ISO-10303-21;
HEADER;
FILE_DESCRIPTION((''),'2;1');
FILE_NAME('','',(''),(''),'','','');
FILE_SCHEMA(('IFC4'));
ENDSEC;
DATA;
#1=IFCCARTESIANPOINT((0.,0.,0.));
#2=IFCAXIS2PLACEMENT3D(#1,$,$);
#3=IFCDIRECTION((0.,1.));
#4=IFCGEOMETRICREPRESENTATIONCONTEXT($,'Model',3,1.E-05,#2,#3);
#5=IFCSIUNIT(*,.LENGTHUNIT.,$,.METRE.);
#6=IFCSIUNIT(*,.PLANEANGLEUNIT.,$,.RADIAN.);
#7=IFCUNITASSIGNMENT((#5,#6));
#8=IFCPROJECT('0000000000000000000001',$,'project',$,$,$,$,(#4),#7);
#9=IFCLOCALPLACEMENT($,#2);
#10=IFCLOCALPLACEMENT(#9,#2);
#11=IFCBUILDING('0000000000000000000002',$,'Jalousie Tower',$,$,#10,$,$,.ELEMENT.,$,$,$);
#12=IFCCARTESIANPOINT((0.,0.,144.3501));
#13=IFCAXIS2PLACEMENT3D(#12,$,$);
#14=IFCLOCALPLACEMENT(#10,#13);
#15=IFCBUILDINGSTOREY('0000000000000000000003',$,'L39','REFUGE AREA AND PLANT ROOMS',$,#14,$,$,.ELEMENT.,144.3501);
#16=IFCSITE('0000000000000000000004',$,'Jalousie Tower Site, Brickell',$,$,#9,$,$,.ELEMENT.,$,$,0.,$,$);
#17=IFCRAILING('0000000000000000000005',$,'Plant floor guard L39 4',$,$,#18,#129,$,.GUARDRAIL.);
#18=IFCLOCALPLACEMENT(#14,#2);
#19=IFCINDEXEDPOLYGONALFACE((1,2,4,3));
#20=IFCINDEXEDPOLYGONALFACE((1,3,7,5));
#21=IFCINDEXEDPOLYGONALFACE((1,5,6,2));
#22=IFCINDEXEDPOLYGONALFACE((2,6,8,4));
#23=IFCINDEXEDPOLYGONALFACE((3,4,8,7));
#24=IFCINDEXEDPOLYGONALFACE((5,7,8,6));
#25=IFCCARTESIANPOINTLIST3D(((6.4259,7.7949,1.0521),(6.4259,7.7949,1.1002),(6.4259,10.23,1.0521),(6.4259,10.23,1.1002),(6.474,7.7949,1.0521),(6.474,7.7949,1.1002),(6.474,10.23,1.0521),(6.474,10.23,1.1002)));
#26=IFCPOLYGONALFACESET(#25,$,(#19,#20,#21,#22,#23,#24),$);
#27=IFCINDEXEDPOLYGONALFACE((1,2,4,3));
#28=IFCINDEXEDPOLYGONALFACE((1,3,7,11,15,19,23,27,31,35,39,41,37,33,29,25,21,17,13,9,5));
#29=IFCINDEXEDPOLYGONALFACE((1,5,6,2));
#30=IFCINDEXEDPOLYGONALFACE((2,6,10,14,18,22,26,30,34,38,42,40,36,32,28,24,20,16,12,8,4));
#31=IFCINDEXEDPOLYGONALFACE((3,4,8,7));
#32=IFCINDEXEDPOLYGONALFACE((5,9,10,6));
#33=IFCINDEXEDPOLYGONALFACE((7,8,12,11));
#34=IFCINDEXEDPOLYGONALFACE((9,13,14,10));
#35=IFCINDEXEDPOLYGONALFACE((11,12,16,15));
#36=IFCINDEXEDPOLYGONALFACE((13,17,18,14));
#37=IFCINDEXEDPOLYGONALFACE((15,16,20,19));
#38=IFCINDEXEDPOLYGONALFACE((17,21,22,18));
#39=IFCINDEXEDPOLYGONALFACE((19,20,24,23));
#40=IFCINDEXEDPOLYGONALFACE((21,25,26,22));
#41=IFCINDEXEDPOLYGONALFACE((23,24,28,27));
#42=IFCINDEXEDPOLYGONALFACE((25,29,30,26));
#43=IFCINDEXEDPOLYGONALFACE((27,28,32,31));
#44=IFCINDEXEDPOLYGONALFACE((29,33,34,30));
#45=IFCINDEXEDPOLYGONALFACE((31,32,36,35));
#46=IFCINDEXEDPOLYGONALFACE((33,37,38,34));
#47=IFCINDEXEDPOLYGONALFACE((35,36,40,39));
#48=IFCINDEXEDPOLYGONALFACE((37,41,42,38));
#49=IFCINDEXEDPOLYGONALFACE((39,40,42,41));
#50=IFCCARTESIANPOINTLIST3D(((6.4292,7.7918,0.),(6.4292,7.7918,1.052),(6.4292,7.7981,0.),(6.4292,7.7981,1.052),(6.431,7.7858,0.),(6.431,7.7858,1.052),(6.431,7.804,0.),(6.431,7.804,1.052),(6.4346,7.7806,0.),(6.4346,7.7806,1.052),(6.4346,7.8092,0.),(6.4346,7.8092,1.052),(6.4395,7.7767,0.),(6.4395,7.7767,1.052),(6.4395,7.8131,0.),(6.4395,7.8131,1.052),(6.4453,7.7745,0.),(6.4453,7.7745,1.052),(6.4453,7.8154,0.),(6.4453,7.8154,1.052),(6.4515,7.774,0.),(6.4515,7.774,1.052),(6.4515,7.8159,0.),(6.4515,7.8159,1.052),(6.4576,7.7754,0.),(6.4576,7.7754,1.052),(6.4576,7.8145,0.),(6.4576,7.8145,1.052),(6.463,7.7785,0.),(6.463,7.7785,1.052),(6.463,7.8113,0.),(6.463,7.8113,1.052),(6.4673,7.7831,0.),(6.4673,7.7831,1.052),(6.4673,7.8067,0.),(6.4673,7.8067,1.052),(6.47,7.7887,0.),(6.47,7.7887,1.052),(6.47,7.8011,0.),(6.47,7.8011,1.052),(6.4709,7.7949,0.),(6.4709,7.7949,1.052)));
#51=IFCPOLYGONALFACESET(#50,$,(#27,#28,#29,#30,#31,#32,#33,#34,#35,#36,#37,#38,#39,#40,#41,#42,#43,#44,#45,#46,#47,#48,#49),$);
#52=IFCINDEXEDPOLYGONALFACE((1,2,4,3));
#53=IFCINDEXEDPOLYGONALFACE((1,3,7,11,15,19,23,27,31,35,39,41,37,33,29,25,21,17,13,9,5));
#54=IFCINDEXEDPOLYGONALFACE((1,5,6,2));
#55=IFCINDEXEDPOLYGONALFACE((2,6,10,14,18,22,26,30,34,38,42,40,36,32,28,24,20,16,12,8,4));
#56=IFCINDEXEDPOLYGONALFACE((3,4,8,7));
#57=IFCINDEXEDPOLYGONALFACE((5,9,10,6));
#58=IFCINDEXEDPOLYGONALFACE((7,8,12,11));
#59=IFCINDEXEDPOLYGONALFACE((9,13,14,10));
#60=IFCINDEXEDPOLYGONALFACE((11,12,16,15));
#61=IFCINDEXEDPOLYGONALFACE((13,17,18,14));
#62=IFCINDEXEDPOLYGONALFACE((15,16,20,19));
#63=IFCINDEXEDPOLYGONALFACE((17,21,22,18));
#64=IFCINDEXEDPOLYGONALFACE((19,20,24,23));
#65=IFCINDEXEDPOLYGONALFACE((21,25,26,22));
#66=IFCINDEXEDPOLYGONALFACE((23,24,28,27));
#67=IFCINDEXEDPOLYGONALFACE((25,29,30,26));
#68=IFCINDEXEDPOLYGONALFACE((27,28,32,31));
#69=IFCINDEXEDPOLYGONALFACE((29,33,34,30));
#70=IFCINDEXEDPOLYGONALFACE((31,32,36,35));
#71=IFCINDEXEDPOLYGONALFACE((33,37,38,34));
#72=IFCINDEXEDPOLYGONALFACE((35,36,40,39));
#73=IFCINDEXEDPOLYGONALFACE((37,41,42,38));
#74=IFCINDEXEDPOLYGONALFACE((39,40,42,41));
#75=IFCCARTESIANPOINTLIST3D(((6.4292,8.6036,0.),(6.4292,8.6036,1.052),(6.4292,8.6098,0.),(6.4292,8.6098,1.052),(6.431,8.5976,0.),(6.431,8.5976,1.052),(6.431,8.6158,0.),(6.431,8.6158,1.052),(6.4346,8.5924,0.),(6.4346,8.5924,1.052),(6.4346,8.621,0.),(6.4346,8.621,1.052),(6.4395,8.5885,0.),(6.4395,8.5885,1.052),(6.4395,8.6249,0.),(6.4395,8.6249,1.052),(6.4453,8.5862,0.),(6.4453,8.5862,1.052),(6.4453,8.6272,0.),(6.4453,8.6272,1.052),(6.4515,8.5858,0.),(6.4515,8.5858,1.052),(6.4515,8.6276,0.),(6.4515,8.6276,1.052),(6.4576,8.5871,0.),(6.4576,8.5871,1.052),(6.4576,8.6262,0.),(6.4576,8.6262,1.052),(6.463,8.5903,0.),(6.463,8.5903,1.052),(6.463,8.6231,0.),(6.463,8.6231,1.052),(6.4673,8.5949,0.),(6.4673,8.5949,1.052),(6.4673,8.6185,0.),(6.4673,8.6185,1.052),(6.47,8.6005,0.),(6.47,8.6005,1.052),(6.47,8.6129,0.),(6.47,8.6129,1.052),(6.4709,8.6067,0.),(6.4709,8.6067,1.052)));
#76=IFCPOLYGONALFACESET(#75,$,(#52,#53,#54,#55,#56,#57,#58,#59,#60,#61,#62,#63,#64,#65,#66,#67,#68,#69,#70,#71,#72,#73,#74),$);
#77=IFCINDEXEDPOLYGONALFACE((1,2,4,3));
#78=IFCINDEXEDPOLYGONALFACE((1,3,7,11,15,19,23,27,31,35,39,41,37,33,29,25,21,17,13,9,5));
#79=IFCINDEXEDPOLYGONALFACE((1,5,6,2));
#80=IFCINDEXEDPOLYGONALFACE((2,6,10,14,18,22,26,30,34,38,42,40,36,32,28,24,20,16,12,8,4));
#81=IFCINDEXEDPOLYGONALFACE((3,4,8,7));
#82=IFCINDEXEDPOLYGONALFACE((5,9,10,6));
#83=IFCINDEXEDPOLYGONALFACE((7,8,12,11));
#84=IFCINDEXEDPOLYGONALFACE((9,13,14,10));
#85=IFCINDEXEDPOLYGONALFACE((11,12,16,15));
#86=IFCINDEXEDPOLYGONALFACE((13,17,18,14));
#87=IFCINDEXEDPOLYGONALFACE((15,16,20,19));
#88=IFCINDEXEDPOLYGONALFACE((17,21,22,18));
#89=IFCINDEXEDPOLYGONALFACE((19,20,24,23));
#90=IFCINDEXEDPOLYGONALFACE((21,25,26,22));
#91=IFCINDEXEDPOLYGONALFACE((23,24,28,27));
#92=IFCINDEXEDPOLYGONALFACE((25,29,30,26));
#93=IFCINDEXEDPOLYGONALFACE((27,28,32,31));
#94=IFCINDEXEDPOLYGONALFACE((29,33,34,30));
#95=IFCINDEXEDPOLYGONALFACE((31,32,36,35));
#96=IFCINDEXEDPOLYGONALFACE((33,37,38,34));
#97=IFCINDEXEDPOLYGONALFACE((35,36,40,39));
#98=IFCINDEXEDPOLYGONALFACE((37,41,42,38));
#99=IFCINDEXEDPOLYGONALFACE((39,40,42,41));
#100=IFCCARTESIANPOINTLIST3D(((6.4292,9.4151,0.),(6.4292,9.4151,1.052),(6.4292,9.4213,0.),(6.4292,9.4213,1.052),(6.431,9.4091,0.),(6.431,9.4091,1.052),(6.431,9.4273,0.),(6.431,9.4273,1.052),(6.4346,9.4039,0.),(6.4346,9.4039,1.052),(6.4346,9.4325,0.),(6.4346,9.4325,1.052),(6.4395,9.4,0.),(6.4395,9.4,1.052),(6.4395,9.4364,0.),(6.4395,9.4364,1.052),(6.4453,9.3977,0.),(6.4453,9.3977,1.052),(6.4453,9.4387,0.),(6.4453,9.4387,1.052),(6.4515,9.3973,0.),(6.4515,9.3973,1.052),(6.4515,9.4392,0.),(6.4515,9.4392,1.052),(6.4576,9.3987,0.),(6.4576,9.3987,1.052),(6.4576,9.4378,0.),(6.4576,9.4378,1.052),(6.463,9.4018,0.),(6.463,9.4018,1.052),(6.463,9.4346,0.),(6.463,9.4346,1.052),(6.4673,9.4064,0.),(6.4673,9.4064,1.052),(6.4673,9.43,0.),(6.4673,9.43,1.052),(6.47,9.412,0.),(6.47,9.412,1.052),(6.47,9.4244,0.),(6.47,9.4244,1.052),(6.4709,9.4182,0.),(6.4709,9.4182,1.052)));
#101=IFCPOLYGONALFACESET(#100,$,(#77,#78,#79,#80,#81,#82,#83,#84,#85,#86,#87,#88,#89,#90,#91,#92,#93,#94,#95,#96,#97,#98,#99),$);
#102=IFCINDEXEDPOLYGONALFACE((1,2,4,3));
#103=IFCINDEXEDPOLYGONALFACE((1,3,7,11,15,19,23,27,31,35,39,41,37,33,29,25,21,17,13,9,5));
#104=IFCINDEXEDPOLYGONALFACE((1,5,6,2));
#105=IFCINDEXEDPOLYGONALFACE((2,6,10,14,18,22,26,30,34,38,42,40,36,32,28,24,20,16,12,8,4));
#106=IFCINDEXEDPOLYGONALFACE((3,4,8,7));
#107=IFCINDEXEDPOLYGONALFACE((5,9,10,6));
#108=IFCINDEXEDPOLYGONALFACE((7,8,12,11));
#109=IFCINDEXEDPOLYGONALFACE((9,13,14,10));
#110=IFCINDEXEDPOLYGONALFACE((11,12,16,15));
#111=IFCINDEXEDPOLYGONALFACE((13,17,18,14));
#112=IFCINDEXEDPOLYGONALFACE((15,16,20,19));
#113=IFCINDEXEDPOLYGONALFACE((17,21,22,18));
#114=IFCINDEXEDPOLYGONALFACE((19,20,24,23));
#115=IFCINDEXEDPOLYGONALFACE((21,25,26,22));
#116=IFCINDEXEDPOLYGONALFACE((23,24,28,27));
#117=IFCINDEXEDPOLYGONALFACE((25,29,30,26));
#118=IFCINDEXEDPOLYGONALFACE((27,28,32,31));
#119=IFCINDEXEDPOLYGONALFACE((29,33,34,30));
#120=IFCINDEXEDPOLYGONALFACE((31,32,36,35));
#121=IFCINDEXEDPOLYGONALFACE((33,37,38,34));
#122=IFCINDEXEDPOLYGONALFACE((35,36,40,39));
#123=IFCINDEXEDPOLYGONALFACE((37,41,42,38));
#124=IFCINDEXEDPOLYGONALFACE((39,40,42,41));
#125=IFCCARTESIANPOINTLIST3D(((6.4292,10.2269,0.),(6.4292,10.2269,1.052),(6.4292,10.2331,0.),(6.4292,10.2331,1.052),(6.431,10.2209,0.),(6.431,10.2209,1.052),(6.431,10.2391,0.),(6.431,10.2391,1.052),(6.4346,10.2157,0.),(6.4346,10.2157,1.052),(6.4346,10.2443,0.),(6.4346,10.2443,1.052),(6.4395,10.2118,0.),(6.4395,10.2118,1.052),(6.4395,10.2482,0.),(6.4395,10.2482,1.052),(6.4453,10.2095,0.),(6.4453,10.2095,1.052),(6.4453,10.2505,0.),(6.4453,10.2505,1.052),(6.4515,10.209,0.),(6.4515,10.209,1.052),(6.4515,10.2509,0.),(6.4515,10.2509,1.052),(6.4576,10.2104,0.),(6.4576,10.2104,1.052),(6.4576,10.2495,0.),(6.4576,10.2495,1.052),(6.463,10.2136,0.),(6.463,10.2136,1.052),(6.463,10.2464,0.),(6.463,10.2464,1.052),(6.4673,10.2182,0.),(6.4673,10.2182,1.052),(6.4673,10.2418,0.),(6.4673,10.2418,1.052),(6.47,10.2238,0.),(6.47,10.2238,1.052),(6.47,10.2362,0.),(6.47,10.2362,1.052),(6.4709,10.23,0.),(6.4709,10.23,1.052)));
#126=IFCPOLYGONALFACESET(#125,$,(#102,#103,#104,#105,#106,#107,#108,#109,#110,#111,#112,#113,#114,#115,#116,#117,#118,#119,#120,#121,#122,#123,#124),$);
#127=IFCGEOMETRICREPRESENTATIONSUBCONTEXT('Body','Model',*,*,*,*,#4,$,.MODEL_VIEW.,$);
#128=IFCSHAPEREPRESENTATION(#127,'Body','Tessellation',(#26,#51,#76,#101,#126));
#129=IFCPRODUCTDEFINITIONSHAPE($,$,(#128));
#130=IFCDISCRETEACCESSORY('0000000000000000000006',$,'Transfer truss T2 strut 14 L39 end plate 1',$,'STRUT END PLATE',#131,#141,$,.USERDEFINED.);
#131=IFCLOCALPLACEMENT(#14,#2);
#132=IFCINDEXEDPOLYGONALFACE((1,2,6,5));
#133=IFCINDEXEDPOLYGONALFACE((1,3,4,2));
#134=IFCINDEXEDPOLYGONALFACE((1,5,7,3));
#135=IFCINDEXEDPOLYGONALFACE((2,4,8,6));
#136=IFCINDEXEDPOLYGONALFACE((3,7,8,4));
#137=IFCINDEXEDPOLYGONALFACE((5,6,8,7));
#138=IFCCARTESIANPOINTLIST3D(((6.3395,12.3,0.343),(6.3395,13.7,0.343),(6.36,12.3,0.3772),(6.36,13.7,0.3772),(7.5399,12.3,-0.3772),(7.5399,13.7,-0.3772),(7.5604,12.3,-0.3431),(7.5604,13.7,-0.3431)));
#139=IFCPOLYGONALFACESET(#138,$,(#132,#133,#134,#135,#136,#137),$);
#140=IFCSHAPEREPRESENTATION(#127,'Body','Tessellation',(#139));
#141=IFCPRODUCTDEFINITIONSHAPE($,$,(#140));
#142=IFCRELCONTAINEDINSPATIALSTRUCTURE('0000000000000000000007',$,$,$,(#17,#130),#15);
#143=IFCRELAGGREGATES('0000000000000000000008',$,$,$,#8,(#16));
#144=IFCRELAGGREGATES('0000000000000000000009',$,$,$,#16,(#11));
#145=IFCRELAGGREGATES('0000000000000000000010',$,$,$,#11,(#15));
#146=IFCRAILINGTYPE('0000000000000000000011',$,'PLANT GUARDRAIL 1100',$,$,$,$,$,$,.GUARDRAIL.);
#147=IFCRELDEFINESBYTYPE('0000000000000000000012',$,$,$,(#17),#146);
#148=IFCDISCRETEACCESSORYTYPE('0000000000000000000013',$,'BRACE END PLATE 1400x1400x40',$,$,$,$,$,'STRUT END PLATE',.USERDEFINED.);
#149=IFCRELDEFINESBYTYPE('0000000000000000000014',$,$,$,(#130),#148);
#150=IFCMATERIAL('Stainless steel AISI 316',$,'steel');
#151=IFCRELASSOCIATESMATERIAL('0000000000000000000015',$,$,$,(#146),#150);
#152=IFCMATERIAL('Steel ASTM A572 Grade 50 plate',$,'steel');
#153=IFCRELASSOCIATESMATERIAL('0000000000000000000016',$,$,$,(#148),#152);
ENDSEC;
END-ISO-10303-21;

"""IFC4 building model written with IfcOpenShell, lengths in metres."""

from ifc_helpers import new_model, si_unit, direction, frame, origin, origin_2d, place, context, subcontext, project, spatial, rectangle, circle, extrude, material, material_profile, profile_set, type_object, element, save


model = new_model("IFC4")

# Units and contexts
model_context = context("Model", 3, precision=1e-05, world=origin(), true_north=direction((0.0, 1.0)))
body_context = subcontext(model_context, "Body", "Model", "MODEL_VIEW")
ifc_project = project(units=[si_unit("LENGTHUNIT", "METRE"), si_unit("PLANEANGLEUNIT", "RADIAN")], contexts=[model_context])

# Site, building, storey
site_placement = place(None, origin())
site = spatial("IfcSite", under=ifc_project, at=site_placement, Name="Jalousie Tower Site, Brickell", CompositionType="ELEMENT", RefElevation=0.0)
building_placement = place(site_placement, origin())
building = spatial("IfcBuilding", under=site, at=building_placement, Name="Jalousie Tower", CompositionType="ELEMENT")
storey_placement = place(building_placement, frame((0.0, 0.0, 144.3501)))
storey = spatial("IfcBuildingStorey", under=building, at=storey_placement, Name="L39", Description="REFUGE AREA AND PLANT ROOMS", CompositionType="ELEMENT", Elevation=144.3501)

# Railing
ifc_material_1 = material(Name="Stainless steel AISI 316", Category="steel")
railing_type = type_object("IfcRailingType", Name="PLANT GUARDRAIL 1100", PredefinedType="GUARDRAIL", material=ifc_material_1)
railing_1_placement = place(storey_placement, frame((6.45, 7.7949, 0.0)))
element("IfcRailing", 1, at=railing_1_placement, inside=storey, type_object=railing_type, Name="Plant floor guard L39 4", PredefinedType="GUARDRAIL", context=body_context, shape_type="SweptSolid", body=[
    extrude(rectangle(XDim=0.0481, YDim=0.0481, at=origin_2d()), frame((0.0, 0.0, 1.0762), z_axis=(0.0, 1.0, 0.0), x_axis=(-1.0, 0.0, 0.0)), (0.0, 0.0, 1.0), 2.4351),
    extrude(circle(Radius=0.021, at=origin_2d()), origin(), (0.0, 0.0, 1.0), 1.052),
    extrude(circle(Radius=0.021, at=origin_2d()), frame((0.0, 0.8118, 0.0)), (0.0, 0.0, 1.0), 1.052),
    extrude(circle(Radius=0.021, at=origin_2d()), frame((0.0, 1.6233, 0.0)), (0.0, 0.0, 1.0), 1.052),
    extrude(circle(Radius=0.021, at=origin_2d()), frame((0.0, 2.4351, 0.0)), (0.0, 0.0, 1.0), 1.052),
])

# Discrete accessory
ifc_material_2 = material(Name="Steel ASTM A572 Grade 50 plate", Category="steel")
ifc_material_profile_1 = material_profile(ifc_material_2, rectangle(XDim=1.3999, YDim=1.3999, at=origin_2d()), Name="BRACE END PLATE 1400x1400x40")
ifc_profile_set_1 = profile_set([ifc_material_profile_1], Name="Steel ASTM A572 Grade 50 plate")
discrete_accessory_type = type_object("IfcDiscreteAccessoryType", Name="BRACE END PLATE 1400x1400x40", ElementType="STRUT END PLATE", PredefinedType="USERDEFINED", material=ifc_profile_set_1)
discrete_accessory_placement = place(storey_placement, frame((6.9397, 13.0, -0.0171), z_axis=(0.514496, 0.0, 0.857493), x_axis=(0.0, 1.0, 0.0)))
element("IfcDiscreteAccessory", 2, at=discrete_accessory_placement, inside=storey, type_object=discrete_accessory_type, Name="Transfer truss T2 strut 14 L39 end plate 1", ObjectType="STRUT END PLATE", PredefinedType="USERDEFINED", context=body_context, shape_type="SweptSolid", body=[
    extrude(rectangle(XDim=1.3999, YDim=1.3999, at=origin_2d()), origin(), (0.0, 0.0, 1.0), 0.0398),
])

save(model, "model.ifc")
